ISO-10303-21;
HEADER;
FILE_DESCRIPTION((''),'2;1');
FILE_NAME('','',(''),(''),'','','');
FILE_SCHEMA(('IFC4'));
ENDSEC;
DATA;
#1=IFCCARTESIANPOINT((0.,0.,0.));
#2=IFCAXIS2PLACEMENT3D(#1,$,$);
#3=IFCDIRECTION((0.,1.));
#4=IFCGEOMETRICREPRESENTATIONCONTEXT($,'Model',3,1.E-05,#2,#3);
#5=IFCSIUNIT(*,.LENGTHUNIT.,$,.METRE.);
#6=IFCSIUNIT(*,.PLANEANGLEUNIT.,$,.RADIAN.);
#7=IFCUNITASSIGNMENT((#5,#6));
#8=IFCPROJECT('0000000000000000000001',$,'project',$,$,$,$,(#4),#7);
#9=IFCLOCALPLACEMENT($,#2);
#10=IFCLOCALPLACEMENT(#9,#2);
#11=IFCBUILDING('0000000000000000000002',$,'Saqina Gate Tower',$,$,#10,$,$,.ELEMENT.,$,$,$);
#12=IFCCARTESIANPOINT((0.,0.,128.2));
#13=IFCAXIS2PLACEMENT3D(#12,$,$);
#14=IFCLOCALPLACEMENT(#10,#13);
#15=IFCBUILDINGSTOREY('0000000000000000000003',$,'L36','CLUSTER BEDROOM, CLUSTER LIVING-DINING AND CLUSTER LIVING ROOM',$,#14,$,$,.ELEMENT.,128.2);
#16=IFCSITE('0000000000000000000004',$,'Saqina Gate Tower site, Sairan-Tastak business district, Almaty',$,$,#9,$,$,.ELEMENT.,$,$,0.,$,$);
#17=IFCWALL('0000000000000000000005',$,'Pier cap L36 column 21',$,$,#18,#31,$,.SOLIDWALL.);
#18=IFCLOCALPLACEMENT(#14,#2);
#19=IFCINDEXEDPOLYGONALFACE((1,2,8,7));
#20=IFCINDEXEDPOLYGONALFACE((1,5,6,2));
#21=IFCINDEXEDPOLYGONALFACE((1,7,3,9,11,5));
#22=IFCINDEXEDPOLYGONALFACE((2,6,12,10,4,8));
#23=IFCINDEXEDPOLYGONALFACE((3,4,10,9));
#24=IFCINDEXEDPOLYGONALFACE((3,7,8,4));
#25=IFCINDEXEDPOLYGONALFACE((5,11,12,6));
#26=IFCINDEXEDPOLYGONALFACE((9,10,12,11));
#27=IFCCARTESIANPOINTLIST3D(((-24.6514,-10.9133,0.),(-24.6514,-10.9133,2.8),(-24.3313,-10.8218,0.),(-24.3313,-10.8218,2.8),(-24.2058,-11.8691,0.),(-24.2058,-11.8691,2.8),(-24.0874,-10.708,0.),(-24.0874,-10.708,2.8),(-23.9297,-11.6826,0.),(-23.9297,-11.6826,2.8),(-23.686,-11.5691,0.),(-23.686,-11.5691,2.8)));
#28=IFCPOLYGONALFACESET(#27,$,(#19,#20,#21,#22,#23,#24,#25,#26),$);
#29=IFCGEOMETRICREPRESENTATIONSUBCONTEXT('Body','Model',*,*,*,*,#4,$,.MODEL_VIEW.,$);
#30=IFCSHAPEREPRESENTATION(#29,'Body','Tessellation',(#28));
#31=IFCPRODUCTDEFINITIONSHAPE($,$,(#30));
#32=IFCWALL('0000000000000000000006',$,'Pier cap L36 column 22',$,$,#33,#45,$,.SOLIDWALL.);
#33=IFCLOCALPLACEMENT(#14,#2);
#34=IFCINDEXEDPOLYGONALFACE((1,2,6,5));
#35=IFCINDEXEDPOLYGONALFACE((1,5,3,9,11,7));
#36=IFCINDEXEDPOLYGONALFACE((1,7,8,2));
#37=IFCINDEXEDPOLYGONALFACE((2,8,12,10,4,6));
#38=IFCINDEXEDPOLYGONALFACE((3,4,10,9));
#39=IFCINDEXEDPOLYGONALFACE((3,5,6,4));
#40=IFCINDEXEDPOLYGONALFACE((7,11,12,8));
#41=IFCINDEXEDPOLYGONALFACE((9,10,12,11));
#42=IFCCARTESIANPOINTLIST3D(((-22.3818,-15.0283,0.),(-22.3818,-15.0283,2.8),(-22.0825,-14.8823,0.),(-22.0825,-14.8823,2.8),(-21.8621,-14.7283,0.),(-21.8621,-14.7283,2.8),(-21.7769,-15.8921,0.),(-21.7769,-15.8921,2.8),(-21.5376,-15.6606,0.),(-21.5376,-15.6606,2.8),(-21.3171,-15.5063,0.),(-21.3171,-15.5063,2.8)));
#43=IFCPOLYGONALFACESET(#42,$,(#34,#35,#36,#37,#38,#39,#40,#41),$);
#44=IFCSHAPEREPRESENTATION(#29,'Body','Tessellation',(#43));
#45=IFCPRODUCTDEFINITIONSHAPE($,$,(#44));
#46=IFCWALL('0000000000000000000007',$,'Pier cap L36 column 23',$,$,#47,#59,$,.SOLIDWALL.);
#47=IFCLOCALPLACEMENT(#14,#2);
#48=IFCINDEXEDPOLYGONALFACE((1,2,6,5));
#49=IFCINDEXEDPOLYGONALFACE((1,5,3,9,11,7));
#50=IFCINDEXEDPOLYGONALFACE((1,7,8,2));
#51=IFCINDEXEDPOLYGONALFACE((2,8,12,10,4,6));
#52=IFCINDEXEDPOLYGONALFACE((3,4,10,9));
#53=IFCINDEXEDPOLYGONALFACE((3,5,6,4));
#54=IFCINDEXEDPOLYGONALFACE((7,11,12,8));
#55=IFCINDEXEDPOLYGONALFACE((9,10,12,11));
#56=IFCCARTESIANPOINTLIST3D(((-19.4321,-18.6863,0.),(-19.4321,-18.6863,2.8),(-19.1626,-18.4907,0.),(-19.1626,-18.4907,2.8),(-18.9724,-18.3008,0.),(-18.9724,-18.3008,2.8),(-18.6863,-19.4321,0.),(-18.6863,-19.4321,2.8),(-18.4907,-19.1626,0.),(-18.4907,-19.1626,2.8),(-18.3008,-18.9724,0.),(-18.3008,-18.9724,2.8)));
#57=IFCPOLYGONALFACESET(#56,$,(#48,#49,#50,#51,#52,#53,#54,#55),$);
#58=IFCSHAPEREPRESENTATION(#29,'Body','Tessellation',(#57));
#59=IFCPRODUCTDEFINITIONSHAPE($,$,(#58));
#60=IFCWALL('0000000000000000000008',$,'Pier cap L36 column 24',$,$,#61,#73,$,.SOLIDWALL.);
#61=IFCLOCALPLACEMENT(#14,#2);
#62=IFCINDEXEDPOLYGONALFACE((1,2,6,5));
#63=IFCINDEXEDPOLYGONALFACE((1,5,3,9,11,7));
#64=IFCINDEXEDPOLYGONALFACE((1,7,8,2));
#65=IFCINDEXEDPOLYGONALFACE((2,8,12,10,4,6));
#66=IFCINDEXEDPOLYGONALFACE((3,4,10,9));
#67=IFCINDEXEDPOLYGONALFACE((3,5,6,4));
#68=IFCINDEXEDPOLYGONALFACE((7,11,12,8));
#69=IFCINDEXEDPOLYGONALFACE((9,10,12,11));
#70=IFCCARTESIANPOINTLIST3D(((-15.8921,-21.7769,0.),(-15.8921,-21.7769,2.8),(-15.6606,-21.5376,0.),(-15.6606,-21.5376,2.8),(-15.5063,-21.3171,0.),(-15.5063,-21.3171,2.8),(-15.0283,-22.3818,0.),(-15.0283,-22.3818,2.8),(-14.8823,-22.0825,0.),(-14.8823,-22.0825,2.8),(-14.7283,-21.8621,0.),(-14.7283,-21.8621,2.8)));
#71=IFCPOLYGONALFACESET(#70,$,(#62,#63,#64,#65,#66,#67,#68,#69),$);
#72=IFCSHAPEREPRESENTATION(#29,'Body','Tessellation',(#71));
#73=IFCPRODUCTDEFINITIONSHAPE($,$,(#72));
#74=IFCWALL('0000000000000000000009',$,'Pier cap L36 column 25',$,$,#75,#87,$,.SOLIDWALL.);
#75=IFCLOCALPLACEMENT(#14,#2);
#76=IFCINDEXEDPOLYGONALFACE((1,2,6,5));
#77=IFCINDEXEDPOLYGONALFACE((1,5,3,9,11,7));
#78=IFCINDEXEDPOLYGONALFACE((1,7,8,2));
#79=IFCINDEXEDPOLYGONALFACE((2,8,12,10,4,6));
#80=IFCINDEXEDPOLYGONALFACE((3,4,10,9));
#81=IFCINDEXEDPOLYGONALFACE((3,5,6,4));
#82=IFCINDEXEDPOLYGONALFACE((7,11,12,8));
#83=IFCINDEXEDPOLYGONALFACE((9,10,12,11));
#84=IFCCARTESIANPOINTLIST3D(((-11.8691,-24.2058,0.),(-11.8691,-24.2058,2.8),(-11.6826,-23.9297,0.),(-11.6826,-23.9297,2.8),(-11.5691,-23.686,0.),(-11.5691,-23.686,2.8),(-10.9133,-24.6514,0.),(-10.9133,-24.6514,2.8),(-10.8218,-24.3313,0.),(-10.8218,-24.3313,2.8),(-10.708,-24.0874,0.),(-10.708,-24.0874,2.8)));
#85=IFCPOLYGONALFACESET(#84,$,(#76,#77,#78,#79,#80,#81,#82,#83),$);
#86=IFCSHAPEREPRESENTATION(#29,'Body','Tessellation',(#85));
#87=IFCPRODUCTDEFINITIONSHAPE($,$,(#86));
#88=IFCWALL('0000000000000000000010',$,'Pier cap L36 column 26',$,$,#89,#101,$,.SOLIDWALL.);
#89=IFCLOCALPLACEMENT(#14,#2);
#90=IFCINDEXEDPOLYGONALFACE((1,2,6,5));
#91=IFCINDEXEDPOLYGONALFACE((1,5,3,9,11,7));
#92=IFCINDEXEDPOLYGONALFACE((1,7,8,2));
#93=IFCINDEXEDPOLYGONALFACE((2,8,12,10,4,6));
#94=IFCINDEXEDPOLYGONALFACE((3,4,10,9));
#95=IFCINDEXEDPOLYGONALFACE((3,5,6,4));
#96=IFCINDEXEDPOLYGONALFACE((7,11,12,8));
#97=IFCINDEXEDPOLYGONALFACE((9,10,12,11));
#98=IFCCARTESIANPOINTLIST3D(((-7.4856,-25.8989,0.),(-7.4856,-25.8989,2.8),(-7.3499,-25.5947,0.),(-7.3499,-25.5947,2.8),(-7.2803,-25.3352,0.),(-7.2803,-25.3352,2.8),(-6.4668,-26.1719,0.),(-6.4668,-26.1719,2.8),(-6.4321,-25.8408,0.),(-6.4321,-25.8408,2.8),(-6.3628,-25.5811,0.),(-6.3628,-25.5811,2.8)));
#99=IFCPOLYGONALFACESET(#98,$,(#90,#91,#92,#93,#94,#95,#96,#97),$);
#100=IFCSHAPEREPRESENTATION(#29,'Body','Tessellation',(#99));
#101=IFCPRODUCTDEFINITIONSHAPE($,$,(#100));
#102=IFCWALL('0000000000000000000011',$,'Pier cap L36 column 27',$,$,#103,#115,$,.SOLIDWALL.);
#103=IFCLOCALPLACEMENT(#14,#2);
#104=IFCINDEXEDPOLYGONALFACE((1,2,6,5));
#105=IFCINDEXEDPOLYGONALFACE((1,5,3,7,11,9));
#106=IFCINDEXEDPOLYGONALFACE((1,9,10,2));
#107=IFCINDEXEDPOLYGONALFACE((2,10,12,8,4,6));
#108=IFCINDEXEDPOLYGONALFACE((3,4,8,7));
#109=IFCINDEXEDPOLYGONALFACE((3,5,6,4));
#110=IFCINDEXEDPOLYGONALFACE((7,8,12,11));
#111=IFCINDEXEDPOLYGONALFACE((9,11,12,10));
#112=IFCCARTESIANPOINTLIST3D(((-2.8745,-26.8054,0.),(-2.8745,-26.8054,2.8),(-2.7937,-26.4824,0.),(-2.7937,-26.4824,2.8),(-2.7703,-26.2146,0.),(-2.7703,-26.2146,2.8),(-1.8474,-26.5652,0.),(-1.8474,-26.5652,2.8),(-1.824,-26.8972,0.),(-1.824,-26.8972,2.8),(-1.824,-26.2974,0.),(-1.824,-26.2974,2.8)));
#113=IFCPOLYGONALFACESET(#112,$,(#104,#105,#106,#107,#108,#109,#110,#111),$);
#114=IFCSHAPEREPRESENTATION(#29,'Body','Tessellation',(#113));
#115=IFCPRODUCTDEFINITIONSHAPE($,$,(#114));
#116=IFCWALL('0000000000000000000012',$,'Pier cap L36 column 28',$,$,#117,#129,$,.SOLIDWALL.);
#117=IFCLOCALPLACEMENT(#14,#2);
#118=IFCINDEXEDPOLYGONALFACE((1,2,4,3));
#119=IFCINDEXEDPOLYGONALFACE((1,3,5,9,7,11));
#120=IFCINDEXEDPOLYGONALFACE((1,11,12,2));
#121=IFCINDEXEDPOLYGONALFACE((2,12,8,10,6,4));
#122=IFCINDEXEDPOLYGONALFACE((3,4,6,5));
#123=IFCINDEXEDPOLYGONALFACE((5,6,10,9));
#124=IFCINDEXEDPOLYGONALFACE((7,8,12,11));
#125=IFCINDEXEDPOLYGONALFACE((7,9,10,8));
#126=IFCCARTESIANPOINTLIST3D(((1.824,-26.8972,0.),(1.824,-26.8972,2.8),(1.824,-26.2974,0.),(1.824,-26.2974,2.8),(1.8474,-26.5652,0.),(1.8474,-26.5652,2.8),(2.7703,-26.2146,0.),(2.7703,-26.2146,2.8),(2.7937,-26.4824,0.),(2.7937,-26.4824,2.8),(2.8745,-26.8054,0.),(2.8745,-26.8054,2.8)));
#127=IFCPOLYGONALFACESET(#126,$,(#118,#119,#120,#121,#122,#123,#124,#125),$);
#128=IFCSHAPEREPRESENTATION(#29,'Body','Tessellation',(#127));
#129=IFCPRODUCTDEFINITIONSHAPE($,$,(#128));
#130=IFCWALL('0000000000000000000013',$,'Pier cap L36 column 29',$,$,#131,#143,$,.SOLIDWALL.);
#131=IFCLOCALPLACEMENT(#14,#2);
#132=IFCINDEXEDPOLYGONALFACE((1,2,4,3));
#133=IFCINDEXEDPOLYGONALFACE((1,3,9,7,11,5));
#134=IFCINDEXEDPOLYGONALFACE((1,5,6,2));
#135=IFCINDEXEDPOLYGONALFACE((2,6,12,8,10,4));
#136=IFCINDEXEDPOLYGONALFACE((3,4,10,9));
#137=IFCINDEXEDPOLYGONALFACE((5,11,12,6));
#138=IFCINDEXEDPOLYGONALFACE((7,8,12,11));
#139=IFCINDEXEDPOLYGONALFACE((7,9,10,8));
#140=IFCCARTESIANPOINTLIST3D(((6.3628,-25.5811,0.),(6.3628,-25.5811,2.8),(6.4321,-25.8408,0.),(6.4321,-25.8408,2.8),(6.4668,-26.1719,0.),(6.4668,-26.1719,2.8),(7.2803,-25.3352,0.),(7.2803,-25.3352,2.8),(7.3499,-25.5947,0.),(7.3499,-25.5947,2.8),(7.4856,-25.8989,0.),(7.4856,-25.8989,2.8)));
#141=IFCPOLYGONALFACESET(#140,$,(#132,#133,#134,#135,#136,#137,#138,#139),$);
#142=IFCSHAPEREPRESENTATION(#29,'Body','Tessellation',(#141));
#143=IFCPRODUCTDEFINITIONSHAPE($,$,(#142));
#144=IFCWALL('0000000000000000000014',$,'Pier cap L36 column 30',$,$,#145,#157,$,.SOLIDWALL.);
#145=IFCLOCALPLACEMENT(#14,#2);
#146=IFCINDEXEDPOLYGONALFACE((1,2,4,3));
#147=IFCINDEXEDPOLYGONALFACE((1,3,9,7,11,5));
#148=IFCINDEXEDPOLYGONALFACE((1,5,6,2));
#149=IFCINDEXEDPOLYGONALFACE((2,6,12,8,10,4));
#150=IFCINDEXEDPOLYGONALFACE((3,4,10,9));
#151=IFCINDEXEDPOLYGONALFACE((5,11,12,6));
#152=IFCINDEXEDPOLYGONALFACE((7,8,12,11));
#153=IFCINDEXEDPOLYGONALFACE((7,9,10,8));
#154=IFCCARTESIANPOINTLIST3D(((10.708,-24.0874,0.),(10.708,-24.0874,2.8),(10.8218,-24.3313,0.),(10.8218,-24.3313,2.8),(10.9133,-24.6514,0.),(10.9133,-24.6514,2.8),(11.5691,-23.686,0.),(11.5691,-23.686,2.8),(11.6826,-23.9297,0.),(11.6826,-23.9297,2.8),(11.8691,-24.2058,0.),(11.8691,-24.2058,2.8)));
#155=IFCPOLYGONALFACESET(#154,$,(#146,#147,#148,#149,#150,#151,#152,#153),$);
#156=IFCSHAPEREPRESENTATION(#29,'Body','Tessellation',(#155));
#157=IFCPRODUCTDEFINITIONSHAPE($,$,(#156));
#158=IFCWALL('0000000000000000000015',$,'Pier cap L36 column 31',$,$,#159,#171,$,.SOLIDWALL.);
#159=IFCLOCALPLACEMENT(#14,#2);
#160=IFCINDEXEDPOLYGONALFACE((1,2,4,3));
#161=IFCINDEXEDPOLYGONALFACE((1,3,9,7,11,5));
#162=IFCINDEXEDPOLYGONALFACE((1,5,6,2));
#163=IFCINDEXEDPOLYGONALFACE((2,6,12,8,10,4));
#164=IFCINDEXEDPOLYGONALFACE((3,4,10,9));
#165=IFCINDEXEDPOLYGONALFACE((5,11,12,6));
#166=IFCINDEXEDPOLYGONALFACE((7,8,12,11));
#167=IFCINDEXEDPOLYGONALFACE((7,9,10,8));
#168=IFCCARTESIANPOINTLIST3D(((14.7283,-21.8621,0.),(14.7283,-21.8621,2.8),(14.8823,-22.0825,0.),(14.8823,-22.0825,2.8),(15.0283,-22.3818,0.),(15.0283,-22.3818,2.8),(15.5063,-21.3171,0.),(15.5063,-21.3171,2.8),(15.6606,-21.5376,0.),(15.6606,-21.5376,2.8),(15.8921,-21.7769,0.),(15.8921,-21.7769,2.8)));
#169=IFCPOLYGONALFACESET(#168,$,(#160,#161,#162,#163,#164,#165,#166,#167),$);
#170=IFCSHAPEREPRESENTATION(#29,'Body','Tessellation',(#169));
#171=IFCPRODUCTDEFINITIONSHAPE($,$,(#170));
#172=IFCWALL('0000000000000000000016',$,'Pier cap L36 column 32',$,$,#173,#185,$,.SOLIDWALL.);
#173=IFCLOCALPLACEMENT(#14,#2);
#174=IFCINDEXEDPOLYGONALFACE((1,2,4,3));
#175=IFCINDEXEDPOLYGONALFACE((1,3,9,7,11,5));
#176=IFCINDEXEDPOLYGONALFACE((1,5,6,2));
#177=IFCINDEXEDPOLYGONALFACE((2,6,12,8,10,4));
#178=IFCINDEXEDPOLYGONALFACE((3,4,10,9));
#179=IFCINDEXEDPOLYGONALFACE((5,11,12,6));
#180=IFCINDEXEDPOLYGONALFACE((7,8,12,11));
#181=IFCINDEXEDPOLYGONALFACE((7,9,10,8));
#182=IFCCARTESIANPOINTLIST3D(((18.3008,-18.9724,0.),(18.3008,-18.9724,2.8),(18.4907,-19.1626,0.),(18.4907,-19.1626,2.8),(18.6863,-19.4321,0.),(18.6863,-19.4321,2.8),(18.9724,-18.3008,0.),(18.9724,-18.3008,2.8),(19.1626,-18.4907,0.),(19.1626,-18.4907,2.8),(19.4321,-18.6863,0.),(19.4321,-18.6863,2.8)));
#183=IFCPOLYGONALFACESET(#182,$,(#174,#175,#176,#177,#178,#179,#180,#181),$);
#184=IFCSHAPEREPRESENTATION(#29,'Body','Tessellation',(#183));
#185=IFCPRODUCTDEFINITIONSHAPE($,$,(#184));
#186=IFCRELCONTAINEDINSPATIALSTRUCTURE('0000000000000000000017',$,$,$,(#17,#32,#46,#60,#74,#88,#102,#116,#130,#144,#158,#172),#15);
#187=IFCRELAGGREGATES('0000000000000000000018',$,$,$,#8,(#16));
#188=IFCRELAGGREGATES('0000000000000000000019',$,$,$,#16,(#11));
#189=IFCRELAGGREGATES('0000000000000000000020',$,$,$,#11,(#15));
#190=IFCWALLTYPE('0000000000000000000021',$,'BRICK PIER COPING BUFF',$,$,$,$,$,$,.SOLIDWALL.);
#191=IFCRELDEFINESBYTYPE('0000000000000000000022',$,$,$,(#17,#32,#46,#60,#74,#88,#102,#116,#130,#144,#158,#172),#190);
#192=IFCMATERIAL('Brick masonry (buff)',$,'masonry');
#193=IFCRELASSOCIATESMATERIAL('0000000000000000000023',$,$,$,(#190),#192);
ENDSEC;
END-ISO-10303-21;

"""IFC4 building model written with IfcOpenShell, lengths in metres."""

from ifc_helpers import new_model, si_unit, direction, frame, origin, place, context, subcontext, project, spatial, polyline, outline, extrude, material, type_object, element, save


model = new_model("IFC4")

# Units and contexts
model_context = context("Model", 3, precision=1e-05, world=origin(), true_north=direction((0.0, 1.0)))
body_context = subcontext(model_context, "Body", "Model", "MODEL_VIEW")
ifc_project = project(units=[si_unit("LENGTHUNIT", "METRE"), si_unit("PLANEANGLEUNIT", "RADIAN")], contexts=[model_context])

# Site, building, storey
site_placement = place(None, origin())
site = spatial("IfcSite", under=ifc_project, at=site_placement, Name="Saqina Gate Tower site, Sairan-Tastak business district, Almaty", CompositionType="ELEMENT", RefElevation=0.0)
building_placement = place(site_placement, origin())
building = spatial("IfcBuilding", under=site, at=building_placement, Name="Saqina Gate Tower", CompositionType="ELEMENT")
storey_placement = place(building_placement, frame((0.0, 0.0, 128.2)))
storey = spatial("IfcBuildingStorey", under=building, at=storey_placement, Name="L36", Description="CLUSTER BEDROOM, CLUSTER LIVING-DINING AND CLUSTER LIVING ROOM", CompositionType="ELEMENT", Elevation=128.2)

# Walls
ifc_material_1 = material(Name="Brick masonry (buff)", Category="masonry")
wall_type_1 = type_object("IfcWallType", Name="BRICK PIER COPING BUFF", PredefinedType="SOLIDWALL", material=ifc_material_1)
wall_1_placement = place(storey_placement, origin())
element("IfcWall", 1, at=wall_1_placement, inside=storey, type_object=wall_type_1, Name="Pier cap L36 column 21", PredefinedType="SOLIDWALL", context=body_context, shape_type="SweptSolid", body=[
    extrude(outline(polyline([(-24.6514, -10.9133), (-24.2058, -11.8691), (-23.686, -11.5691), (-23.9297, -11.6826), (-24.3313, -10.8218), (-24.0874, -10.708), (-24.6514, -10.9133)])), origin(), (0.0, 0.0, 1.0), 2.8),
])
wall_2_placement = place(storey_placement, origin())
element("IfcWall", 2, at=wall_2_placement, inside=storey, type_object=wall_type_1, Name="Pier cap L36 column 22", PredefinedType="SOLIDWALL", context=body_context, shape_type="SweptSolid", body=[
    extrude(outline(polyline([(-21.7769, -15.8921), (-21.3171, -15.5063), (-21.5376, -15.6606), (-22.0825, -14.8823), (-21.8621, -14.7283), (-22.3818, -15.0283), (-21.7769, -15.8921)])), origin(), (0.0, 0.0, 1.0), 2.8),
])
wall_3_placement = place(storey_placement, origin())
element("IfcWall", 3, at=wall_3_placement, inside=storey, type_object=wall_type_1, Name="Pier cap L36 column 23", PredefinedType="SOLIDWALL", context=body_context, shape_type="SweptSolid", body=[
    extrude(outline(polyline([(-19.4321, -18.6863), (-18.6863, -19.4321), (-18.3008, -18.9724), (-18.4907, -19.1626), (-19.1626, -18.4907), (-18.9724, -18.3008), (-19.4321, -18.6863)])), origin(), (0.0, 0.0, 1.0), 2.8),
])
wall_4_placement = place(storey_placement, origin())
element("IfcWall", 4, at=wall_4_placement, inside=storey, type_object=wall_type_1, Name="Pier cap L36 column 24", PredefinedType="SOLIDWALL", context=body_context, shape_type="SweptSolid", body=[
    extrude(outline(polyline([(-15.0283, -22.3818), (-14.7283, -21.8621), (-14.8823, -22.0825), (-15.6606, -21.5376), (-15.5063, -21.3171), (-15.8921, -21.7769), (-15.0283, -22.3818)])), origin(), (0.0, 0.0, 1.0), 2.8),
])
wall_5_placement = place(storey_placement, origin())
element("IfcWall", 5, at=wall_5_placement, inside=storey, type_object=wall_type_1, Name="Pier cap L36 column 25", PredefinedType="SOLIDWALL", context=body_context, shape_type="SweptSolid", body=[
    extrude(outline(polyline([(-10.9133, -24.6514), (-10.708, -24.0874), (-10.8218, -24.3313), (-11.6826, -23.9297), (-11.5691, -23.686), (-11.8691, -24.2058), (-10.9133, -24.6514)])), origin(), (0.0, 0.0, 1.0), 2.8),
])
wall_6_placement = place(storey_placement, origin())
element("IfcWall", 6, at=wall_6_placement, inside=storey, type_object=wall_type_1, Name="Pier cap L36 column 26", PredefinedType="SOLIDWALL", context=body_context, shape_type="SweptSolid", body=[
    extrude(outline(polyline([(-7.4856, -25.8989), (-6.4668, -26.1719), (-6.3628, -25.5811), (-6.4321, -25.8408), (-7.3499, -25.5947), (-7.2803, -25.3352), (-7.4856, -25.8989)])), origin(), (0.0, 0.0, 1.0), 2.8),
])
wall_7_placement = place(storey_placement, origin())
element("IfcWall", 7, at=wall_7_placement, inside=storey, type_object=wall_type_1, Name="Pier cap L36 column 27", PredefinedType="SOLIDWALL", context=body_context, shape_type="SweptSolid", body=[
    extrude(outline(polyline([(-2.8745, -26.8054), (-1.824, -26.8972), (-1.824, -26.2974), (-1.8474, -26.5652), (-2.7937, -26.4824), (-2.7703, -26.2146), (-2.8745, -26.8054)])), origin(), (0.0, 0.0, 1.0), 2.8),
])
wall_8_placement = place(storey_placement, origin())
element("IfcWall", 8, at=wall_8_placement, inside=storey, type_object=wall_type_1, Name="Pier cap L36 column 28", PredefinedType="SOLIDWALL", context=body_context, shape_type="SweptSolid", body=[
    extrude(outline(polyline([(2.8745, -26.8054), (2.7703, -26.2146), (2.7937, -26.4824), (1.8474, -26.5652), (1.824, -26.2974), (1.824, -26.8972), (2.8745, -26.8054)])), origin(), (0.0, 0.0, 1.0), 2.8),
])
wall_9_placement = place(storey_placement, origin())
element("IfcWall", 9, at=wall_9_placement, inside=storey, type_object=wall_type_1, Name="Pier cap L36 column 29", PredefinedType="SOLIDWALL", context=body_context, shape_type="SweptSolid", body=[
    extrude(outline(polyline([(6.4668, -26.1719), (7.4856, -25.8989), (7.2803, -25.3352), (7.3499, -25.5947), (6.4321, -25.8408), (6.3628, -25.5811), (6.4668, -26.1719)])), origin(), (0.0, 0.0, 1.0), 2.8),
])
wall_10_placement = place(storey_placement, origin())
element("IfcWall", 10, at=wall_10_placement, inside=storey, type_object=wall_type_1, Name="Pier cap L36 column 30", PredefinedType="SOLIDWALL", context=body_context, shape_type="SweptSolid", body=[
    extrude(outline(polyline([(10.9133, -24.6514), (11.8691, -24.2058), (11.5691, -23.686), (11.6826, -23.9297), (10.8218, -24.3313), (10.708, -24.0874), (10.9133, -24.6514)])), origin(), (0.0, 0.0, 1.0), 2.8),
])
wall_11_placement = place(storey_placement, origin())
element("IfcWall", 11, at=wall_11_placement, inside=storey, type_object=wall_type_1, Name="Pier cap L36 column 31", PredefinedType="SOLIDWALL", context=body_context, shape_type="SweptSolid", body=[
    extrude(outline(polyline([(15.8921, -21.7769), (15.5063, -21.3171), (15.6606, -21.5376), (14.8823, -22.0825), (14.7283, -21.8621), (15.0283, -22.3818), (15.8921, -21.7769)])), origin(), (0.0, 0.0, 1.0), 2.8),
])
wall_12_placement = place(storey_placement, origin())
element("IfcWall", 12, at=wall_12_placement, inside=storey, type_object=wall_type_1, Name="Pier cap L36 column 32", PredefinedType="SOLIDWALL", context=body_context, shape_type="SweptSolid", body=[
    extrude(outline(polyline([(18.6863, -19.4321), (19.4321, -18.6863), (18.9724, -18.3008), (19.1626, -18.4907), (18.4907, -19.1626), (18.3008, -18.9724), (18.6863, -19.4321)])), origin(), (0.0, 0.0, 1.0), 2.8),
])

save(model, "model.ifc")
